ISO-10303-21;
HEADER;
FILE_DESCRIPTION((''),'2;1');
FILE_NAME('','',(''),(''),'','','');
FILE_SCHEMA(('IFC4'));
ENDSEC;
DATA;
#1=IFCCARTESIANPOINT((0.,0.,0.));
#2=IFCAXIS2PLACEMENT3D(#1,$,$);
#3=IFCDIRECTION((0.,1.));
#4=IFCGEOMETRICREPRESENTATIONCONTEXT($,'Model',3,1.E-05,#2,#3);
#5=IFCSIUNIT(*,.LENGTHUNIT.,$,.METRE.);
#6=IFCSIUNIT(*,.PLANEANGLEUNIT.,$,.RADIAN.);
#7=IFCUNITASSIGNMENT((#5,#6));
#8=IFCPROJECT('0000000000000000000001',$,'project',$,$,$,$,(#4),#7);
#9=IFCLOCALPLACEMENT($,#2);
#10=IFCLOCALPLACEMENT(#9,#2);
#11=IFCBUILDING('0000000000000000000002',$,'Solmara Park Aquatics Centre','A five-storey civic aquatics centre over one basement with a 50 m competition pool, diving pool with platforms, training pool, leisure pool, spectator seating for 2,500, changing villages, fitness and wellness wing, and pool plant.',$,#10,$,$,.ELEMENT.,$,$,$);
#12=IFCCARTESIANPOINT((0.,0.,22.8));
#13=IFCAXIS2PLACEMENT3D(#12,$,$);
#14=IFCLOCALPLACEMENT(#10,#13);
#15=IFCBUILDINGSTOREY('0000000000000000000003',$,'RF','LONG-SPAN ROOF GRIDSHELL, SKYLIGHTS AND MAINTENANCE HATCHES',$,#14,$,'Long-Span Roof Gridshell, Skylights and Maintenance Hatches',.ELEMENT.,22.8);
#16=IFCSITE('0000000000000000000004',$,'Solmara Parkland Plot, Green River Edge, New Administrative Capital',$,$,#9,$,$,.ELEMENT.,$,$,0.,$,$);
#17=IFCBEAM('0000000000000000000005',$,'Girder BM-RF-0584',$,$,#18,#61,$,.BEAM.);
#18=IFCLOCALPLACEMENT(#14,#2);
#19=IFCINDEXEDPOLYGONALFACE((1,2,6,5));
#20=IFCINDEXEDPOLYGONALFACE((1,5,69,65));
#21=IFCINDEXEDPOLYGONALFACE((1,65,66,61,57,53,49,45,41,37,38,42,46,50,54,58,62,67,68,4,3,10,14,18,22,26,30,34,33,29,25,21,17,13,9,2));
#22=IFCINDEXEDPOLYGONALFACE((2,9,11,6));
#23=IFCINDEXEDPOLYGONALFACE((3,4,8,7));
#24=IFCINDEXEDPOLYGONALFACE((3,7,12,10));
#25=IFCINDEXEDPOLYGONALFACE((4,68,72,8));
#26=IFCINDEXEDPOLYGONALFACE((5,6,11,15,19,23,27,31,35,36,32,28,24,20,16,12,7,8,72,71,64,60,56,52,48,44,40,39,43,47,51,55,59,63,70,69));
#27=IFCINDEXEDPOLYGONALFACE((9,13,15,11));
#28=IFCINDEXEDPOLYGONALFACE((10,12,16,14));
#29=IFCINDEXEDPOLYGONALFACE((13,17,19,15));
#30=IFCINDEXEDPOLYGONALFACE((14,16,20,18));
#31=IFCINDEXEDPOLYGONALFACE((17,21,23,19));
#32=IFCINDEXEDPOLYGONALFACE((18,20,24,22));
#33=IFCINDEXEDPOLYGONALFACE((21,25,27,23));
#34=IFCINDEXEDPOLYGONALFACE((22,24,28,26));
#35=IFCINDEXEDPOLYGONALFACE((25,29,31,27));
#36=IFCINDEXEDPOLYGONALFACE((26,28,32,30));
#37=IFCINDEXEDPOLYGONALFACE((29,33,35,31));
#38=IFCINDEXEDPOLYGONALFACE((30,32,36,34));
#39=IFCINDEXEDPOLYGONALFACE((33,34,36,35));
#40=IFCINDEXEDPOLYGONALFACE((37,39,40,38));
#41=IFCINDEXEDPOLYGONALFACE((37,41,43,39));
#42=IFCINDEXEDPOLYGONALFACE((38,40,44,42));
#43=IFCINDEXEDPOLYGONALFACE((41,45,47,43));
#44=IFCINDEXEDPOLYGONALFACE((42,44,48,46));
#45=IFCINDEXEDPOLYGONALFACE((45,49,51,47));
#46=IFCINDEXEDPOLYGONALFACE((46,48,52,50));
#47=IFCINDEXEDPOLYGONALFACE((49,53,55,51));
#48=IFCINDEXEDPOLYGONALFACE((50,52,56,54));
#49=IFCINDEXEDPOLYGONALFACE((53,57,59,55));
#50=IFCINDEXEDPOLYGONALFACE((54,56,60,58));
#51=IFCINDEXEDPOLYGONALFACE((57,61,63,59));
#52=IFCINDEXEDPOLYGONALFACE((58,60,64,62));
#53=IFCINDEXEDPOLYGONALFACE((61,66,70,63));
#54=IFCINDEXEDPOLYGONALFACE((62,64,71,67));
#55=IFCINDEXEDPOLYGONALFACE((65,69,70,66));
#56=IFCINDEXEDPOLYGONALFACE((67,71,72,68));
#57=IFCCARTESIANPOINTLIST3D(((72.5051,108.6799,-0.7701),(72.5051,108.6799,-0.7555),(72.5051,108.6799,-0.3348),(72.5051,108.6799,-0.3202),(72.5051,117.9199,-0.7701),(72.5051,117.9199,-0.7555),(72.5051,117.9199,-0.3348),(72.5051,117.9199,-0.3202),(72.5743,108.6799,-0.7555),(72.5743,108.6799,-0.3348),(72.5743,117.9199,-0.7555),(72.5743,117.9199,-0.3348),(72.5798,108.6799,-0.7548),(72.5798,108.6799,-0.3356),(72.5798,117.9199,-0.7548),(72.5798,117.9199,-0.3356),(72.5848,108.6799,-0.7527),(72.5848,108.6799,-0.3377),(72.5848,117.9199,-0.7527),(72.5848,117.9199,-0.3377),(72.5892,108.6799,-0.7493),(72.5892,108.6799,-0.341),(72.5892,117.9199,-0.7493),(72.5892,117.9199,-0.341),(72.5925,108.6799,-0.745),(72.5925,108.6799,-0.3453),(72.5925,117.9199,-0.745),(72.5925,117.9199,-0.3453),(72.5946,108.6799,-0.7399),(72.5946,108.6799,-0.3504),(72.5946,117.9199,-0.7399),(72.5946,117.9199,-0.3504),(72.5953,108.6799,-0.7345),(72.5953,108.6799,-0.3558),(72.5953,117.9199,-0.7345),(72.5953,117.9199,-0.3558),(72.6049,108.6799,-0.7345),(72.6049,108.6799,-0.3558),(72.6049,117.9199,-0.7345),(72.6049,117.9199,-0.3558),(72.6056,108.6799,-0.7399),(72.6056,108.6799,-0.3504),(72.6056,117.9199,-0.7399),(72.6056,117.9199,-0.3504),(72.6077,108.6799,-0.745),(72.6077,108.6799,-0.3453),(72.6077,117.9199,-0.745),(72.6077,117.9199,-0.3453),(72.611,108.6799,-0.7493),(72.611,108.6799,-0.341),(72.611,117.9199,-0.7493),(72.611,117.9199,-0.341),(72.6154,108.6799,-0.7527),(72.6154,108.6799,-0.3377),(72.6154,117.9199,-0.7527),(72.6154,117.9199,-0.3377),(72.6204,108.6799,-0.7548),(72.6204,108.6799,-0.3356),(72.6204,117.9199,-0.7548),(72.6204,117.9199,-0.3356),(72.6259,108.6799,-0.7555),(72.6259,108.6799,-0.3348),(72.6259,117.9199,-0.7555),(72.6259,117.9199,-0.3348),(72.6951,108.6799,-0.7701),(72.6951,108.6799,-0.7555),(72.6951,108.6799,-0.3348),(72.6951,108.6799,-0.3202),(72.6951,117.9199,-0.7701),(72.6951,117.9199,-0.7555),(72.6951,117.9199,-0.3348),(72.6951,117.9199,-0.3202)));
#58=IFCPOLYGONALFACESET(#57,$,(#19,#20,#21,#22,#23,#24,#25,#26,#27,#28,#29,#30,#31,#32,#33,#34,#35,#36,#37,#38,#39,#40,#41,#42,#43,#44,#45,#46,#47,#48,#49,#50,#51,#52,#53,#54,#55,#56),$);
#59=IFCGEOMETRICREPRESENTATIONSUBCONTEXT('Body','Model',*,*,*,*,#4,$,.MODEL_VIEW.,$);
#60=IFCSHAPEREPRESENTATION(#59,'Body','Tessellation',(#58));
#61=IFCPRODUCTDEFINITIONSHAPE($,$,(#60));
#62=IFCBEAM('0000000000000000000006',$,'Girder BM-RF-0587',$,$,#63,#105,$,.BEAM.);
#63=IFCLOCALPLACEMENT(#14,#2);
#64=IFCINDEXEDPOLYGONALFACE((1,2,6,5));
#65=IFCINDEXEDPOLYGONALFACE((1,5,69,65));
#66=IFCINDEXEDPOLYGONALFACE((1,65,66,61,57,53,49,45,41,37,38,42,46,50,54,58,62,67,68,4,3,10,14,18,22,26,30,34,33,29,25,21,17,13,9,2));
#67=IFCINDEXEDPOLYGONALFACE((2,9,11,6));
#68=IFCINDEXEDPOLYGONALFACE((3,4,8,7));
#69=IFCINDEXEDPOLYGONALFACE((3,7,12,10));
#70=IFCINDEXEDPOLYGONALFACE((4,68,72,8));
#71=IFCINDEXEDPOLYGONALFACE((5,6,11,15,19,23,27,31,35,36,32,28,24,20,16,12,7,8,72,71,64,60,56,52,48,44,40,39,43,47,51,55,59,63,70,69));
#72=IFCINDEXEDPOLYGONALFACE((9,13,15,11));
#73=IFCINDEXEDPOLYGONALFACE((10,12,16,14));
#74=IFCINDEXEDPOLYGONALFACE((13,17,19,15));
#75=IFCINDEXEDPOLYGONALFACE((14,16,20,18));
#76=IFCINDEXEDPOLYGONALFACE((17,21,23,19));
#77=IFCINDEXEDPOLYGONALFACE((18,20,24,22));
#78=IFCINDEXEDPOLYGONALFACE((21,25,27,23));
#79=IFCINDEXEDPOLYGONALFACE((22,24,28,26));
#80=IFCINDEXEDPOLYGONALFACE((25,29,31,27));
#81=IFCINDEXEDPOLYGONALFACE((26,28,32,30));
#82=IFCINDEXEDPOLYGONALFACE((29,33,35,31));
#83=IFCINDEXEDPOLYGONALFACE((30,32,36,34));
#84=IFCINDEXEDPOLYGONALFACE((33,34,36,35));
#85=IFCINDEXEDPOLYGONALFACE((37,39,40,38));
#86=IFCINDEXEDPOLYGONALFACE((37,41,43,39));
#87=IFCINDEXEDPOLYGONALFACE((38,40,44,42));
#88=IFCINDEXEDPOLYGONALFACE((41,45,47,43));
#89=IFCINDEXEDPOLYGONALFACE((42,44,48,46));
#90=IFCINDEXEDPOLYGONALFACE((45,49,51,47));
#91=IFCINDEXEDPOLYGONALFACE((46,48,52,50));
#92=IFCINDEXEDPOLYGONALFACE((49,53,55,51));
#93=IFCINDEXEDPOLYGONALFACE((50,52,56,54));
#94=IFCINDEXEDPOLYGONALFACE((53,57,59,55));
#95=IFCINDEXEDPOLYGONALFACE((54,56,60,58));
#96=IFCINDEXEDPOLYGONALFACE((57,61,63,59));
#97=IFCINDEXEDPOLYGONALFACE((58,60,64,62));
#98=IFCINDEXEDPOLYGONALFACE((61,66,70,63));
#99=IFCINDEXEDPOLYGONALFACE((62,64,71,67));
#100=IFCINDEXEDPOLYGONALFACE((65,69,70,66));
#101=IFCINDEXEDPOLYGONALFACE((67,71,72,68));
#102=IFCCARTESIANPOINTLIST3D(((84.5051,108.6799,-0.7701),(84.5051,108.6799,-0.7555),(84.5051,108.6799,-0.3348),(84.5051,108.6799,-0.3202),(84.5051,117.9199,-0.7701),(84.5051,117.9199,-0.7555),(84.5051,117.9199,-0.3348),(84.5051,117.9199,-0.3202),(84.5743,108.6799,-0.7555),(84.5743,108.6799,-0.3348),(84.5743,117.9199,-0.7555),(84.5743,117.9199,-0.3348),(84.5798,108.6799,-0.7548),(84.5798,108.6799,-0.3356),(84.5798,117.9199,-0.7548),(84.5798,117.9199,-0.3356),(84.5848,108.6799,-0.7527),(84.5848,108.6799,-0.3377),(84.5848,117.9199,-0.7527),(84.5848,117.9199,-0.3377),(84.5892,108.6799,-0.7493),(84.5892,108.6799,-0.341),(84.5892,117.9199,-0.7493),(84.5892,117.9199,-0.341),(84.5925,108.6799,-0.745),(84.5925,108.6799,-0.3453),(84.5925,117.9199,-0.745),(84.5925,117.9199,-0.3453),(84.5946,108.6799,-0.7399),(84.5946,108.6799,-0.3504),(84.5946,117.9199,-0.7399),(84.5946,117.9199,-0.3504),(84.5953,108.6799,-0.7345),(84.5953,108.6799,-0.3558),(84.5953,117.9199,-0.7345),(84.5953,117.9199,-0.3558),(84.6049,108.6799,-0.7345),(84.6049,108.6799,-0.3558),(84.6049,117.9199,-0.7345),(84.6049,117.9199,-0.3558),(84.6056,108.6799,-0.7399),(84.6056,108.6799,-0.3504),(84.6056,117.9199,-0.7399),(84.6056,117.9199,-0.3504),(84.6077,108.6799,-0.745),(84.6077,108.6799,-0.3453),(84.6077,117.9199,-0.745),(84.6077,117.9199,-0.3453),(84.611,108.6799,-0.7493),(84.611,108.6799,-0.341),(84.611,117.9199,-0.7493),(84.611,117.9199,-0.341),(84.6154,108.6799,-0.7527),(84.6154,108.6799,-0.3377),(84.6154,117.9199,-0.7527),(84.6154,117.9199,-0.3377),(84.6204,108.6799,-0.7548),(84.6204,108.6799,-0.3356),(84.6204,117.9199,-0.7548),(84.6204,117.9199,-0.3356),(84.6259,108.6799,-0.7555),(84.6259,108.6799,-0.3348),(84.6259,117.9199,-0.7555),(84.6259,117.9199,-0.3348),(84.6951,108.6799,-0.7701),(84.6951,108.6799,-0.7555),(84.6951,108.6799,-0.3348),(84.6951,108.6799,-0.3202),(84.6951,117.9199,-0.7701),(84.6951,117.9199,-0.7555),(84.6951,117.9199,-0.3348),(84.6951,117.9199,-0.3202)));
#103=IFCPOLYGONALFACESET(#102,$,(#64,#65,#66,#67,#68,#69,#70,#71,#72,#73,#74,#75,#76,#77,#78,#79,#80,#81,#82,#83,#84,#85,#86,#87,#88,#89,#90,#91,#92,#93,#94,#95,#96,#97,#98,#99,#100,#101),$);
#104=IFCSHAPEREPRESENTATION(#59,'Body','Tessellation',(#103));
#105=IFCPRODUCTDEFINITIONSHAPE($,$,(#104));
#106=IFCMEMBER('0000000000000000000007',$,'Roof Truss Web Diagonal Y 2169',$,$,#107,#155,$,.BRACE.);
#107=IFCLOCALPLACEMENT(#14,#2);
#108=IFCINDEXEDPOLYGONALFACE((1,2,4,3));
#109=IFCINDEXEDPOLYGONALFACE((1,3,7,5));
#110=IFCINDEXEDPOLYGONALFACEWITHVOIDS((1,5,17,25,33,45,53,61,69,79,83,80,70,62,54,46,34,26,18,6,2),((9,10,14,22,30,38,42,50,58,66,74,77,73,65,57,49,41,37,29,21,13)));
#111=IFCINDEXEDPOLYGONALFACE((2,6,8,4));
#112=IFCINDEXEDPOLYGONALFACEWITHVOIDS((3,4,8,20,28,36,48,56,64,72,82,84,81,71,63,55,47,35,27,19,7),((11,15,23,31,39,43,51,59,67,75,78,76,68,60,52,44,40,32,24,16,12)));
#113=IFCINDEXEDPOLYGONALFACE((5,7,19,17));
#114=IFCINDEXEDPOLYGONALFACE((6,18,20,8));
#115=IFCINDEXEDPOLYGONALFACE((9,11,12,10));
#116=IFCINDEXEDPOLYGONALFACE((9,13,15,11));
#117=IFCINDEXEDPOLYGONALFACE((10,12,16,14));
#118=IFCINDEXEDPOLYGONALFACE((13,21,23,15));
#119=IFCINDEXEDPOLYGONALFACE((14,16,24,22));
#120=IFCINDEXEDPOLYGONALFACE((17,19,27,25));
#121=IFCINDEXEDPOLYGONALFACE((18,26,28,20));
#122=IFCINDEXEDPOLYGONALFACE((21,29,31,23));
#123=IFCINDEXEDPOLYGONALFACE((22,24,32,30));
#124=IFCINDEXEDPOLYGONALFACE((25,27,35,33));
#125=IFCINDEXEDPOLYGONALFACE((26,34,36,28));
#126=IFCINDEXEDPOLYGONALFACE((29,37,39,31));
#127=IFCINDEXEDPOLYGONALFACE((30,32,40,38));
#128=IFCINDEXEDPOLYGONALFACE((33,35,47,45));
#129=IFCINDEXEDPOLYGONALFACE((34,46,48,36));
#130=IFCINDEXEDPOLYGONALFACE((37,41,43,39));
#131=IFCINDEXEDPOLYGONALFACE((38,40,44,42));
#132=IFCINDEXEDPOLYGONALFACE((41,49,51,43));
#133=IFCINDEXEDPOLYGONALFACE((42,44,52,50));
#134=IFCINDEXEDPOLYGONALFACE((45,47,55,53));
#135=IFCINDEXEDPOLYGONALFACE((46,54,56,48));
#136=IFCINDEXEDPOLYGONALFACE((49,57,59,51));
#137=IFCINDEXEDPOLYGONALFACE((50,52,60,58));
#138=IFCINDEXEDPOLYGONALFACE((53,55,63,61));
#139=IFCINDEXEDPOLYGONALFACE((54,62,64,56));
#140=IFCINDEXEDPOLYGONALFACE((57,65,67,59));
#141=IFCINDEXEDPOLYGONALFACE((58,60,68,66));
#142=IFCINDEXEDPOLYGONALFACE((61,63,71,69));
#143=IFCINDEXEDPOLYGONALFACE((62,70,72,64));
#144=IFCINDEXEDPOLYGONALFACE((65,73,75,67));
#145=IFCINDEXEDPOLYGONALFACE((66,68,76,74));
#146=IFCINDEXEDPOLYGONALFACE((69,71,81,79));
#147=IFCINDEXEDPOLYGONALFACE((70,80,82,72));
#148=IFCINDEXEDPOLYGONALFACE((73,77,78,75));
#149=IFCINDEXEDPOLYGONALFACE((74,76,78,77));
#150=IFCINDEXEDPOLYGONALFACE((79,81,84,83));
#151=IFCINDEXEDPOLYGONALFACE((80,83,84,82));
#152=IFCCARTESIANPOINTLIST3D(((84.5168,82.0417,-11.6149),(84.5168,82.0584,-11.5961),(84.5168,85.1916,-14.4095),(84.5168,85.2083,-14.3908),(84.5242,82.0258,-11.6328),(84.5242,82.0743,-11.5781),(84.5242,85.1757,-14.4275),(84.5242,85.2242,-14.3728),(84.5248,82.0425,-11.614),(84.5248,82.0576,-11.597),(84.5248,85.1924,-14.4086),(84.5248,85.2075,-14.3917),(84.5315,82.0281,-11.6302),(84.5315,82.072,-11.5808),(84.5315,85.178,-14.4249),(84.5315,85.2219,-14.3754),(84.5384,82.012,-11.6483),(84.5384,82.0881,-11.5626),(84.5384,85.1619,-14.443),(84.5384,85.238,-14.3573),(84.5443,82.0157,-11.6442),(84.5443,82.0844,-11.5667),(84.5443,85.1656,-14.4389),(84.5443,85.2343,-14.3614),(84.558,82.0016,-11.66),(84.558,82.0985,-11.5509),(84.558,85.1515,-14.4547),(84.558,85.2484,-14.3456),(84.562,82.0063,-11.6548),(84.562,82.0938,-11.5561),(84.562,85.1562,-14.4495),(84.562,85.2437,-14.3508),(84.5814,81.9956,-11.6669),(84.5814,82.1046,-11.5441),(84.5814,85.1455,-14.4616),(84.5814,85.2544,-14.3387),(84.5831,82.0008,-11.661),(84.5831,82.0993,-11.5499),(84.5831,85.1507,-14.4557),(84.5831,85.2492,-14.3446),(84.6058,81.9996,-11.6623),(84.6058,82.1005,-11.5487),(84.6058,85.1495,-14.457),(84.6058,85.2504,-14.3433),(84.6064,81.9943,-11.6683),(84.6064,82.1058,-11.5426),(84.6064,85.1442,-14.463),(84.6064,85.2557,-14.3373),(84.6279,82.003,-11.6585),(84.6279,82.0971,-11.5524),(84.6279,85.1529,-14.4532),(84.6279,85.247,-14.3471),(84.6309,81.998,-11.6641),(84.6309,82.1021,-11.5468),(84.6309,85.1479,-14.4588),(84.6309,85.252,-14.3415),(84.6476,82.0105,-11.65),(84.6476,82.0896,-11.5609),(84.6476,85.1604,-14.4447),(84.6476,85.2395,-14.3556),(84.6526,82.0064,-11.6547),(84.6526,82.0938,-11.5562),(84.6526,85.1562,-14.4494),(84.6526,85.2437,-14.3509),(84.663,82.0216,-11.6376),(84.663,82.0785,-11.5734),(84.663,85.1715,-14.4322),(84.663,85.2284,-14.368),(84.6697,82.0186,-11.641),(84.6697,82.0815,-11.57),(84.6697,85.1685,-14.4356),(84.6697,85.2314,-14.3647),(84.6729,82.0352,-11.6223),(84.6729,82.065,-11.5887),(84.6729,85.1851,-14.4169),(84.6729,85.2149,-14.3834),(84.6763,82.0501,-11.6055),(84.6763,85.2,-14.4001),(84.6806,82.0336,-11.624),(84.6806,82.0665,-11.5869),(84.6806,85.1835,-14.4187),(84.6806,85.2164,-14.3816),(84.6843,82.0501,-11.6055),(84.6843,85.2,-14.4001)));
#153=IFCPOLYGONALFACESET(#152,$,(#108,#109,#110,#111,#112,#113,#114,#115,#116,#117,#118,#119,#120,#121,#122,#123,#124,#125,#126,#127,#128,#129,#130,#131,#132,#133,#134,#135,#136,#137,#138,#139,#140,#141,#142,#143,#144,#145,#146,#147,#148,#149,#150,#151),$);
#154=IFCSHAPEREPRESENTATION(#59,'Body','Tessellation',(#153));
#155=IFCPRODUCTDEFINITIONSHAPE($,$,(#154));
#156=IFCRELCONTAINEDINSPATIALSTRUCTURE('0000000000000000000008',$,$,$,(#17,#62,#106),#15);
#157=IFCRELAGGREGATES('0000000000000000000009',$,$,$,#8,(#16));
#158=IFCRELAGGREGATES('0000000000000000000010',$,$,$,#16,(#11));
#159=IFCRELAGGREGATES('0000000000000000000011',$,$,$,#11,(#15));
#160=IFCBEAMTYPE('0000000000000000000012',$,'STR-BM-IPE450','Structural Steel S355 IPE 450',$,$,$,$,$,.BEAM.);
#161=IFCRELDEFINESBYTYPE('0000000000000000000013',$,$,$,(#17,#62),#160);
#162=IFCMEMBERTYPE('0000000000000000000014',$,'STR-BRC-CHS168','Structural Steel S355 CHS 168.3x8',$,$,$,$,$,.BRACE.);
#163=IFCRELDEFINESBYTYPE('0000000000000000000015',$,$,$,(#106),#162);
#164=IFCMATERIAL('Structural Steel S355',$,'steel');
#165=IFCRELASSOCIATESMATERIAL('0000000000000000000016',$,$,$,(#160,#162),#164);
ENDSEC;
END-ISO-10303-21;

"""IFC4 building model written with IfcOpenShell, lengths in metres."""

from ifc_helpers import new_model, si_unit, direction, frame, origin, origin_2d, place, context, subcontext, project, spatial, hollow_circle, i_section, extrude, material, material_profile, profile_set, type_object, element, save


model = new_model("IFC4")

# Units and contexts
model_context = context("Model", 3, precision=1e-05, world=origin(), true_north=direction((0.0, 1.0)))
body_context = subcontext(model_context, "Body", "Model", "MODEL_VIEW")
ifc_project = project(units=[si_unit("LENGTHUNIT", "METRE"), si_unit("PLANEANGLEUNIT", "RADIAN")], contexts=[model_context])

# Site, building, storey
site_placement = place(None, origin())
site = spatial("IfcSite", under=ifc_project, at=site_placement, Name="Solmara Parkland Plot, Green River Edge, New Administrative Capital", CompositionType="ELEMENT", RefElevation=0.0)
building_placement = place(site_placement, origin())
building = spatial("IfcBuilding", under=site, at=building_placement, Name="Solmara Park Aquatics Centre", Description="A five-storey civic aquatics centre over one basement with a 50 m competition pool, diving pool with platforms, training pool, leisure pool, spectator seating for 2,500, changing villages, fitness and wellness wing, and pool plant.", CompositionType="ELEMENT")
storey_placement = place(building_placement, frame((0.0, 0.0, 22.8)))
storey = spatial("IfcBuildingStorey", under=building, at=storey_placement, Name="RF", Description="LONG-SPAN ROOF GRIDSHELL, SKYLIGHTS AND MAINTENANCE HATCHES", LongName="Long-Span Roof Gridshell, Skylights and Maintenance Hatches", CompositionType="ELEMENT", Elevation=22.8)

# Beams
ifc_material_1 = material(Name="Structural Steel S355", Category="steel")
ifc_material_profile_1 = material_profile(ifc_material_1, i_section(OverallWidth=0.1899, OverallDepth=0.45, WebThickness=0.0095, FlangeThickness=0.0146, FilletRadius=0.021, at=origin_2d()), Name="IPE 450")
ifc_profile_set_1 = profile_set([ifc_material_profile_1], Name="Structural Steel S355")
beam_type_1 = type_object("IfcBeamType", Name="STR-BM-IPE450", Description="Structural Steel S355 IPE 450", PredefinedType="BEAM", material=ifc_profile_set_1)
for number, where, z_axis, x_axis, name in (
    (1, (72.6001, 108.6799, -0.5452), (0.0, 1.0, 0.0), (-1.0, 0.0, 0.0), "Girder BM-RF-0584"),
    (2, (84.6001, 108.6799, -0.5452), (0.0, 1.0, 0.0), (-1.0, 0.0, 0.0), "Girder BM-RF-0587"),
):
    element("IfcBeam", number, at=place(storey_placement, frame(where, z_axis=z_axis, x_axis=x_axis)), inside=storey, type_object=beam_type_1, Name=name, PredefinedType="BEAM", context=body_context, shape_type="SweptSolid", body=[
        extrude(i_section(OverallWidth=0.1899, OverallDepth=0.45, WebThickness=0.0095, FlangeThickness=0.0146, FilletRadius=0.021, at=origin_2d()), origin(), (0.0, 0.0, 1.0), 9.24),
    ])

# Member
ifc_material_profile_2 = material_profile(ifc_material_1, hollow_circle(Radius=0.0842, WallThickness=0.0081, at=origin_2d()), Name="CHS 168.3x8")
ifc_profile_set_2 = profile_set([ifc_material_profile_2], Name="Structural Steel S355")
member_type_1 = type_object("IfcMemberType", Name="STR-BRC-CHS168", Description="Structural Steel S355 CHS 168.3x8", PredefinedType="BRACE", material=ifc_profile_set_2)
member_1_placement = place(storey_placement, frame((84.6001, 85.2, -14.4001), z_axis=(0.0, -0.748026, 0.663669), x_axis=(1.0, 0.0, 0.0)))
element("IfcMember", 3, at=member_1_placement, inside=storey, type_object=member_type_1, Name="Roof Truss Web Diagonal Y 2169", PredefinedType="BRACE", context=body_context, shape_type="SweptSolid", body=[
    extrude(hollow_circle(Radius=0.0842, WallThickness=0.0081, at=origin_2d()), origin(), (0.0, 0.0, 1.0), 4.2109),
])

save(model, "model.ifc")
